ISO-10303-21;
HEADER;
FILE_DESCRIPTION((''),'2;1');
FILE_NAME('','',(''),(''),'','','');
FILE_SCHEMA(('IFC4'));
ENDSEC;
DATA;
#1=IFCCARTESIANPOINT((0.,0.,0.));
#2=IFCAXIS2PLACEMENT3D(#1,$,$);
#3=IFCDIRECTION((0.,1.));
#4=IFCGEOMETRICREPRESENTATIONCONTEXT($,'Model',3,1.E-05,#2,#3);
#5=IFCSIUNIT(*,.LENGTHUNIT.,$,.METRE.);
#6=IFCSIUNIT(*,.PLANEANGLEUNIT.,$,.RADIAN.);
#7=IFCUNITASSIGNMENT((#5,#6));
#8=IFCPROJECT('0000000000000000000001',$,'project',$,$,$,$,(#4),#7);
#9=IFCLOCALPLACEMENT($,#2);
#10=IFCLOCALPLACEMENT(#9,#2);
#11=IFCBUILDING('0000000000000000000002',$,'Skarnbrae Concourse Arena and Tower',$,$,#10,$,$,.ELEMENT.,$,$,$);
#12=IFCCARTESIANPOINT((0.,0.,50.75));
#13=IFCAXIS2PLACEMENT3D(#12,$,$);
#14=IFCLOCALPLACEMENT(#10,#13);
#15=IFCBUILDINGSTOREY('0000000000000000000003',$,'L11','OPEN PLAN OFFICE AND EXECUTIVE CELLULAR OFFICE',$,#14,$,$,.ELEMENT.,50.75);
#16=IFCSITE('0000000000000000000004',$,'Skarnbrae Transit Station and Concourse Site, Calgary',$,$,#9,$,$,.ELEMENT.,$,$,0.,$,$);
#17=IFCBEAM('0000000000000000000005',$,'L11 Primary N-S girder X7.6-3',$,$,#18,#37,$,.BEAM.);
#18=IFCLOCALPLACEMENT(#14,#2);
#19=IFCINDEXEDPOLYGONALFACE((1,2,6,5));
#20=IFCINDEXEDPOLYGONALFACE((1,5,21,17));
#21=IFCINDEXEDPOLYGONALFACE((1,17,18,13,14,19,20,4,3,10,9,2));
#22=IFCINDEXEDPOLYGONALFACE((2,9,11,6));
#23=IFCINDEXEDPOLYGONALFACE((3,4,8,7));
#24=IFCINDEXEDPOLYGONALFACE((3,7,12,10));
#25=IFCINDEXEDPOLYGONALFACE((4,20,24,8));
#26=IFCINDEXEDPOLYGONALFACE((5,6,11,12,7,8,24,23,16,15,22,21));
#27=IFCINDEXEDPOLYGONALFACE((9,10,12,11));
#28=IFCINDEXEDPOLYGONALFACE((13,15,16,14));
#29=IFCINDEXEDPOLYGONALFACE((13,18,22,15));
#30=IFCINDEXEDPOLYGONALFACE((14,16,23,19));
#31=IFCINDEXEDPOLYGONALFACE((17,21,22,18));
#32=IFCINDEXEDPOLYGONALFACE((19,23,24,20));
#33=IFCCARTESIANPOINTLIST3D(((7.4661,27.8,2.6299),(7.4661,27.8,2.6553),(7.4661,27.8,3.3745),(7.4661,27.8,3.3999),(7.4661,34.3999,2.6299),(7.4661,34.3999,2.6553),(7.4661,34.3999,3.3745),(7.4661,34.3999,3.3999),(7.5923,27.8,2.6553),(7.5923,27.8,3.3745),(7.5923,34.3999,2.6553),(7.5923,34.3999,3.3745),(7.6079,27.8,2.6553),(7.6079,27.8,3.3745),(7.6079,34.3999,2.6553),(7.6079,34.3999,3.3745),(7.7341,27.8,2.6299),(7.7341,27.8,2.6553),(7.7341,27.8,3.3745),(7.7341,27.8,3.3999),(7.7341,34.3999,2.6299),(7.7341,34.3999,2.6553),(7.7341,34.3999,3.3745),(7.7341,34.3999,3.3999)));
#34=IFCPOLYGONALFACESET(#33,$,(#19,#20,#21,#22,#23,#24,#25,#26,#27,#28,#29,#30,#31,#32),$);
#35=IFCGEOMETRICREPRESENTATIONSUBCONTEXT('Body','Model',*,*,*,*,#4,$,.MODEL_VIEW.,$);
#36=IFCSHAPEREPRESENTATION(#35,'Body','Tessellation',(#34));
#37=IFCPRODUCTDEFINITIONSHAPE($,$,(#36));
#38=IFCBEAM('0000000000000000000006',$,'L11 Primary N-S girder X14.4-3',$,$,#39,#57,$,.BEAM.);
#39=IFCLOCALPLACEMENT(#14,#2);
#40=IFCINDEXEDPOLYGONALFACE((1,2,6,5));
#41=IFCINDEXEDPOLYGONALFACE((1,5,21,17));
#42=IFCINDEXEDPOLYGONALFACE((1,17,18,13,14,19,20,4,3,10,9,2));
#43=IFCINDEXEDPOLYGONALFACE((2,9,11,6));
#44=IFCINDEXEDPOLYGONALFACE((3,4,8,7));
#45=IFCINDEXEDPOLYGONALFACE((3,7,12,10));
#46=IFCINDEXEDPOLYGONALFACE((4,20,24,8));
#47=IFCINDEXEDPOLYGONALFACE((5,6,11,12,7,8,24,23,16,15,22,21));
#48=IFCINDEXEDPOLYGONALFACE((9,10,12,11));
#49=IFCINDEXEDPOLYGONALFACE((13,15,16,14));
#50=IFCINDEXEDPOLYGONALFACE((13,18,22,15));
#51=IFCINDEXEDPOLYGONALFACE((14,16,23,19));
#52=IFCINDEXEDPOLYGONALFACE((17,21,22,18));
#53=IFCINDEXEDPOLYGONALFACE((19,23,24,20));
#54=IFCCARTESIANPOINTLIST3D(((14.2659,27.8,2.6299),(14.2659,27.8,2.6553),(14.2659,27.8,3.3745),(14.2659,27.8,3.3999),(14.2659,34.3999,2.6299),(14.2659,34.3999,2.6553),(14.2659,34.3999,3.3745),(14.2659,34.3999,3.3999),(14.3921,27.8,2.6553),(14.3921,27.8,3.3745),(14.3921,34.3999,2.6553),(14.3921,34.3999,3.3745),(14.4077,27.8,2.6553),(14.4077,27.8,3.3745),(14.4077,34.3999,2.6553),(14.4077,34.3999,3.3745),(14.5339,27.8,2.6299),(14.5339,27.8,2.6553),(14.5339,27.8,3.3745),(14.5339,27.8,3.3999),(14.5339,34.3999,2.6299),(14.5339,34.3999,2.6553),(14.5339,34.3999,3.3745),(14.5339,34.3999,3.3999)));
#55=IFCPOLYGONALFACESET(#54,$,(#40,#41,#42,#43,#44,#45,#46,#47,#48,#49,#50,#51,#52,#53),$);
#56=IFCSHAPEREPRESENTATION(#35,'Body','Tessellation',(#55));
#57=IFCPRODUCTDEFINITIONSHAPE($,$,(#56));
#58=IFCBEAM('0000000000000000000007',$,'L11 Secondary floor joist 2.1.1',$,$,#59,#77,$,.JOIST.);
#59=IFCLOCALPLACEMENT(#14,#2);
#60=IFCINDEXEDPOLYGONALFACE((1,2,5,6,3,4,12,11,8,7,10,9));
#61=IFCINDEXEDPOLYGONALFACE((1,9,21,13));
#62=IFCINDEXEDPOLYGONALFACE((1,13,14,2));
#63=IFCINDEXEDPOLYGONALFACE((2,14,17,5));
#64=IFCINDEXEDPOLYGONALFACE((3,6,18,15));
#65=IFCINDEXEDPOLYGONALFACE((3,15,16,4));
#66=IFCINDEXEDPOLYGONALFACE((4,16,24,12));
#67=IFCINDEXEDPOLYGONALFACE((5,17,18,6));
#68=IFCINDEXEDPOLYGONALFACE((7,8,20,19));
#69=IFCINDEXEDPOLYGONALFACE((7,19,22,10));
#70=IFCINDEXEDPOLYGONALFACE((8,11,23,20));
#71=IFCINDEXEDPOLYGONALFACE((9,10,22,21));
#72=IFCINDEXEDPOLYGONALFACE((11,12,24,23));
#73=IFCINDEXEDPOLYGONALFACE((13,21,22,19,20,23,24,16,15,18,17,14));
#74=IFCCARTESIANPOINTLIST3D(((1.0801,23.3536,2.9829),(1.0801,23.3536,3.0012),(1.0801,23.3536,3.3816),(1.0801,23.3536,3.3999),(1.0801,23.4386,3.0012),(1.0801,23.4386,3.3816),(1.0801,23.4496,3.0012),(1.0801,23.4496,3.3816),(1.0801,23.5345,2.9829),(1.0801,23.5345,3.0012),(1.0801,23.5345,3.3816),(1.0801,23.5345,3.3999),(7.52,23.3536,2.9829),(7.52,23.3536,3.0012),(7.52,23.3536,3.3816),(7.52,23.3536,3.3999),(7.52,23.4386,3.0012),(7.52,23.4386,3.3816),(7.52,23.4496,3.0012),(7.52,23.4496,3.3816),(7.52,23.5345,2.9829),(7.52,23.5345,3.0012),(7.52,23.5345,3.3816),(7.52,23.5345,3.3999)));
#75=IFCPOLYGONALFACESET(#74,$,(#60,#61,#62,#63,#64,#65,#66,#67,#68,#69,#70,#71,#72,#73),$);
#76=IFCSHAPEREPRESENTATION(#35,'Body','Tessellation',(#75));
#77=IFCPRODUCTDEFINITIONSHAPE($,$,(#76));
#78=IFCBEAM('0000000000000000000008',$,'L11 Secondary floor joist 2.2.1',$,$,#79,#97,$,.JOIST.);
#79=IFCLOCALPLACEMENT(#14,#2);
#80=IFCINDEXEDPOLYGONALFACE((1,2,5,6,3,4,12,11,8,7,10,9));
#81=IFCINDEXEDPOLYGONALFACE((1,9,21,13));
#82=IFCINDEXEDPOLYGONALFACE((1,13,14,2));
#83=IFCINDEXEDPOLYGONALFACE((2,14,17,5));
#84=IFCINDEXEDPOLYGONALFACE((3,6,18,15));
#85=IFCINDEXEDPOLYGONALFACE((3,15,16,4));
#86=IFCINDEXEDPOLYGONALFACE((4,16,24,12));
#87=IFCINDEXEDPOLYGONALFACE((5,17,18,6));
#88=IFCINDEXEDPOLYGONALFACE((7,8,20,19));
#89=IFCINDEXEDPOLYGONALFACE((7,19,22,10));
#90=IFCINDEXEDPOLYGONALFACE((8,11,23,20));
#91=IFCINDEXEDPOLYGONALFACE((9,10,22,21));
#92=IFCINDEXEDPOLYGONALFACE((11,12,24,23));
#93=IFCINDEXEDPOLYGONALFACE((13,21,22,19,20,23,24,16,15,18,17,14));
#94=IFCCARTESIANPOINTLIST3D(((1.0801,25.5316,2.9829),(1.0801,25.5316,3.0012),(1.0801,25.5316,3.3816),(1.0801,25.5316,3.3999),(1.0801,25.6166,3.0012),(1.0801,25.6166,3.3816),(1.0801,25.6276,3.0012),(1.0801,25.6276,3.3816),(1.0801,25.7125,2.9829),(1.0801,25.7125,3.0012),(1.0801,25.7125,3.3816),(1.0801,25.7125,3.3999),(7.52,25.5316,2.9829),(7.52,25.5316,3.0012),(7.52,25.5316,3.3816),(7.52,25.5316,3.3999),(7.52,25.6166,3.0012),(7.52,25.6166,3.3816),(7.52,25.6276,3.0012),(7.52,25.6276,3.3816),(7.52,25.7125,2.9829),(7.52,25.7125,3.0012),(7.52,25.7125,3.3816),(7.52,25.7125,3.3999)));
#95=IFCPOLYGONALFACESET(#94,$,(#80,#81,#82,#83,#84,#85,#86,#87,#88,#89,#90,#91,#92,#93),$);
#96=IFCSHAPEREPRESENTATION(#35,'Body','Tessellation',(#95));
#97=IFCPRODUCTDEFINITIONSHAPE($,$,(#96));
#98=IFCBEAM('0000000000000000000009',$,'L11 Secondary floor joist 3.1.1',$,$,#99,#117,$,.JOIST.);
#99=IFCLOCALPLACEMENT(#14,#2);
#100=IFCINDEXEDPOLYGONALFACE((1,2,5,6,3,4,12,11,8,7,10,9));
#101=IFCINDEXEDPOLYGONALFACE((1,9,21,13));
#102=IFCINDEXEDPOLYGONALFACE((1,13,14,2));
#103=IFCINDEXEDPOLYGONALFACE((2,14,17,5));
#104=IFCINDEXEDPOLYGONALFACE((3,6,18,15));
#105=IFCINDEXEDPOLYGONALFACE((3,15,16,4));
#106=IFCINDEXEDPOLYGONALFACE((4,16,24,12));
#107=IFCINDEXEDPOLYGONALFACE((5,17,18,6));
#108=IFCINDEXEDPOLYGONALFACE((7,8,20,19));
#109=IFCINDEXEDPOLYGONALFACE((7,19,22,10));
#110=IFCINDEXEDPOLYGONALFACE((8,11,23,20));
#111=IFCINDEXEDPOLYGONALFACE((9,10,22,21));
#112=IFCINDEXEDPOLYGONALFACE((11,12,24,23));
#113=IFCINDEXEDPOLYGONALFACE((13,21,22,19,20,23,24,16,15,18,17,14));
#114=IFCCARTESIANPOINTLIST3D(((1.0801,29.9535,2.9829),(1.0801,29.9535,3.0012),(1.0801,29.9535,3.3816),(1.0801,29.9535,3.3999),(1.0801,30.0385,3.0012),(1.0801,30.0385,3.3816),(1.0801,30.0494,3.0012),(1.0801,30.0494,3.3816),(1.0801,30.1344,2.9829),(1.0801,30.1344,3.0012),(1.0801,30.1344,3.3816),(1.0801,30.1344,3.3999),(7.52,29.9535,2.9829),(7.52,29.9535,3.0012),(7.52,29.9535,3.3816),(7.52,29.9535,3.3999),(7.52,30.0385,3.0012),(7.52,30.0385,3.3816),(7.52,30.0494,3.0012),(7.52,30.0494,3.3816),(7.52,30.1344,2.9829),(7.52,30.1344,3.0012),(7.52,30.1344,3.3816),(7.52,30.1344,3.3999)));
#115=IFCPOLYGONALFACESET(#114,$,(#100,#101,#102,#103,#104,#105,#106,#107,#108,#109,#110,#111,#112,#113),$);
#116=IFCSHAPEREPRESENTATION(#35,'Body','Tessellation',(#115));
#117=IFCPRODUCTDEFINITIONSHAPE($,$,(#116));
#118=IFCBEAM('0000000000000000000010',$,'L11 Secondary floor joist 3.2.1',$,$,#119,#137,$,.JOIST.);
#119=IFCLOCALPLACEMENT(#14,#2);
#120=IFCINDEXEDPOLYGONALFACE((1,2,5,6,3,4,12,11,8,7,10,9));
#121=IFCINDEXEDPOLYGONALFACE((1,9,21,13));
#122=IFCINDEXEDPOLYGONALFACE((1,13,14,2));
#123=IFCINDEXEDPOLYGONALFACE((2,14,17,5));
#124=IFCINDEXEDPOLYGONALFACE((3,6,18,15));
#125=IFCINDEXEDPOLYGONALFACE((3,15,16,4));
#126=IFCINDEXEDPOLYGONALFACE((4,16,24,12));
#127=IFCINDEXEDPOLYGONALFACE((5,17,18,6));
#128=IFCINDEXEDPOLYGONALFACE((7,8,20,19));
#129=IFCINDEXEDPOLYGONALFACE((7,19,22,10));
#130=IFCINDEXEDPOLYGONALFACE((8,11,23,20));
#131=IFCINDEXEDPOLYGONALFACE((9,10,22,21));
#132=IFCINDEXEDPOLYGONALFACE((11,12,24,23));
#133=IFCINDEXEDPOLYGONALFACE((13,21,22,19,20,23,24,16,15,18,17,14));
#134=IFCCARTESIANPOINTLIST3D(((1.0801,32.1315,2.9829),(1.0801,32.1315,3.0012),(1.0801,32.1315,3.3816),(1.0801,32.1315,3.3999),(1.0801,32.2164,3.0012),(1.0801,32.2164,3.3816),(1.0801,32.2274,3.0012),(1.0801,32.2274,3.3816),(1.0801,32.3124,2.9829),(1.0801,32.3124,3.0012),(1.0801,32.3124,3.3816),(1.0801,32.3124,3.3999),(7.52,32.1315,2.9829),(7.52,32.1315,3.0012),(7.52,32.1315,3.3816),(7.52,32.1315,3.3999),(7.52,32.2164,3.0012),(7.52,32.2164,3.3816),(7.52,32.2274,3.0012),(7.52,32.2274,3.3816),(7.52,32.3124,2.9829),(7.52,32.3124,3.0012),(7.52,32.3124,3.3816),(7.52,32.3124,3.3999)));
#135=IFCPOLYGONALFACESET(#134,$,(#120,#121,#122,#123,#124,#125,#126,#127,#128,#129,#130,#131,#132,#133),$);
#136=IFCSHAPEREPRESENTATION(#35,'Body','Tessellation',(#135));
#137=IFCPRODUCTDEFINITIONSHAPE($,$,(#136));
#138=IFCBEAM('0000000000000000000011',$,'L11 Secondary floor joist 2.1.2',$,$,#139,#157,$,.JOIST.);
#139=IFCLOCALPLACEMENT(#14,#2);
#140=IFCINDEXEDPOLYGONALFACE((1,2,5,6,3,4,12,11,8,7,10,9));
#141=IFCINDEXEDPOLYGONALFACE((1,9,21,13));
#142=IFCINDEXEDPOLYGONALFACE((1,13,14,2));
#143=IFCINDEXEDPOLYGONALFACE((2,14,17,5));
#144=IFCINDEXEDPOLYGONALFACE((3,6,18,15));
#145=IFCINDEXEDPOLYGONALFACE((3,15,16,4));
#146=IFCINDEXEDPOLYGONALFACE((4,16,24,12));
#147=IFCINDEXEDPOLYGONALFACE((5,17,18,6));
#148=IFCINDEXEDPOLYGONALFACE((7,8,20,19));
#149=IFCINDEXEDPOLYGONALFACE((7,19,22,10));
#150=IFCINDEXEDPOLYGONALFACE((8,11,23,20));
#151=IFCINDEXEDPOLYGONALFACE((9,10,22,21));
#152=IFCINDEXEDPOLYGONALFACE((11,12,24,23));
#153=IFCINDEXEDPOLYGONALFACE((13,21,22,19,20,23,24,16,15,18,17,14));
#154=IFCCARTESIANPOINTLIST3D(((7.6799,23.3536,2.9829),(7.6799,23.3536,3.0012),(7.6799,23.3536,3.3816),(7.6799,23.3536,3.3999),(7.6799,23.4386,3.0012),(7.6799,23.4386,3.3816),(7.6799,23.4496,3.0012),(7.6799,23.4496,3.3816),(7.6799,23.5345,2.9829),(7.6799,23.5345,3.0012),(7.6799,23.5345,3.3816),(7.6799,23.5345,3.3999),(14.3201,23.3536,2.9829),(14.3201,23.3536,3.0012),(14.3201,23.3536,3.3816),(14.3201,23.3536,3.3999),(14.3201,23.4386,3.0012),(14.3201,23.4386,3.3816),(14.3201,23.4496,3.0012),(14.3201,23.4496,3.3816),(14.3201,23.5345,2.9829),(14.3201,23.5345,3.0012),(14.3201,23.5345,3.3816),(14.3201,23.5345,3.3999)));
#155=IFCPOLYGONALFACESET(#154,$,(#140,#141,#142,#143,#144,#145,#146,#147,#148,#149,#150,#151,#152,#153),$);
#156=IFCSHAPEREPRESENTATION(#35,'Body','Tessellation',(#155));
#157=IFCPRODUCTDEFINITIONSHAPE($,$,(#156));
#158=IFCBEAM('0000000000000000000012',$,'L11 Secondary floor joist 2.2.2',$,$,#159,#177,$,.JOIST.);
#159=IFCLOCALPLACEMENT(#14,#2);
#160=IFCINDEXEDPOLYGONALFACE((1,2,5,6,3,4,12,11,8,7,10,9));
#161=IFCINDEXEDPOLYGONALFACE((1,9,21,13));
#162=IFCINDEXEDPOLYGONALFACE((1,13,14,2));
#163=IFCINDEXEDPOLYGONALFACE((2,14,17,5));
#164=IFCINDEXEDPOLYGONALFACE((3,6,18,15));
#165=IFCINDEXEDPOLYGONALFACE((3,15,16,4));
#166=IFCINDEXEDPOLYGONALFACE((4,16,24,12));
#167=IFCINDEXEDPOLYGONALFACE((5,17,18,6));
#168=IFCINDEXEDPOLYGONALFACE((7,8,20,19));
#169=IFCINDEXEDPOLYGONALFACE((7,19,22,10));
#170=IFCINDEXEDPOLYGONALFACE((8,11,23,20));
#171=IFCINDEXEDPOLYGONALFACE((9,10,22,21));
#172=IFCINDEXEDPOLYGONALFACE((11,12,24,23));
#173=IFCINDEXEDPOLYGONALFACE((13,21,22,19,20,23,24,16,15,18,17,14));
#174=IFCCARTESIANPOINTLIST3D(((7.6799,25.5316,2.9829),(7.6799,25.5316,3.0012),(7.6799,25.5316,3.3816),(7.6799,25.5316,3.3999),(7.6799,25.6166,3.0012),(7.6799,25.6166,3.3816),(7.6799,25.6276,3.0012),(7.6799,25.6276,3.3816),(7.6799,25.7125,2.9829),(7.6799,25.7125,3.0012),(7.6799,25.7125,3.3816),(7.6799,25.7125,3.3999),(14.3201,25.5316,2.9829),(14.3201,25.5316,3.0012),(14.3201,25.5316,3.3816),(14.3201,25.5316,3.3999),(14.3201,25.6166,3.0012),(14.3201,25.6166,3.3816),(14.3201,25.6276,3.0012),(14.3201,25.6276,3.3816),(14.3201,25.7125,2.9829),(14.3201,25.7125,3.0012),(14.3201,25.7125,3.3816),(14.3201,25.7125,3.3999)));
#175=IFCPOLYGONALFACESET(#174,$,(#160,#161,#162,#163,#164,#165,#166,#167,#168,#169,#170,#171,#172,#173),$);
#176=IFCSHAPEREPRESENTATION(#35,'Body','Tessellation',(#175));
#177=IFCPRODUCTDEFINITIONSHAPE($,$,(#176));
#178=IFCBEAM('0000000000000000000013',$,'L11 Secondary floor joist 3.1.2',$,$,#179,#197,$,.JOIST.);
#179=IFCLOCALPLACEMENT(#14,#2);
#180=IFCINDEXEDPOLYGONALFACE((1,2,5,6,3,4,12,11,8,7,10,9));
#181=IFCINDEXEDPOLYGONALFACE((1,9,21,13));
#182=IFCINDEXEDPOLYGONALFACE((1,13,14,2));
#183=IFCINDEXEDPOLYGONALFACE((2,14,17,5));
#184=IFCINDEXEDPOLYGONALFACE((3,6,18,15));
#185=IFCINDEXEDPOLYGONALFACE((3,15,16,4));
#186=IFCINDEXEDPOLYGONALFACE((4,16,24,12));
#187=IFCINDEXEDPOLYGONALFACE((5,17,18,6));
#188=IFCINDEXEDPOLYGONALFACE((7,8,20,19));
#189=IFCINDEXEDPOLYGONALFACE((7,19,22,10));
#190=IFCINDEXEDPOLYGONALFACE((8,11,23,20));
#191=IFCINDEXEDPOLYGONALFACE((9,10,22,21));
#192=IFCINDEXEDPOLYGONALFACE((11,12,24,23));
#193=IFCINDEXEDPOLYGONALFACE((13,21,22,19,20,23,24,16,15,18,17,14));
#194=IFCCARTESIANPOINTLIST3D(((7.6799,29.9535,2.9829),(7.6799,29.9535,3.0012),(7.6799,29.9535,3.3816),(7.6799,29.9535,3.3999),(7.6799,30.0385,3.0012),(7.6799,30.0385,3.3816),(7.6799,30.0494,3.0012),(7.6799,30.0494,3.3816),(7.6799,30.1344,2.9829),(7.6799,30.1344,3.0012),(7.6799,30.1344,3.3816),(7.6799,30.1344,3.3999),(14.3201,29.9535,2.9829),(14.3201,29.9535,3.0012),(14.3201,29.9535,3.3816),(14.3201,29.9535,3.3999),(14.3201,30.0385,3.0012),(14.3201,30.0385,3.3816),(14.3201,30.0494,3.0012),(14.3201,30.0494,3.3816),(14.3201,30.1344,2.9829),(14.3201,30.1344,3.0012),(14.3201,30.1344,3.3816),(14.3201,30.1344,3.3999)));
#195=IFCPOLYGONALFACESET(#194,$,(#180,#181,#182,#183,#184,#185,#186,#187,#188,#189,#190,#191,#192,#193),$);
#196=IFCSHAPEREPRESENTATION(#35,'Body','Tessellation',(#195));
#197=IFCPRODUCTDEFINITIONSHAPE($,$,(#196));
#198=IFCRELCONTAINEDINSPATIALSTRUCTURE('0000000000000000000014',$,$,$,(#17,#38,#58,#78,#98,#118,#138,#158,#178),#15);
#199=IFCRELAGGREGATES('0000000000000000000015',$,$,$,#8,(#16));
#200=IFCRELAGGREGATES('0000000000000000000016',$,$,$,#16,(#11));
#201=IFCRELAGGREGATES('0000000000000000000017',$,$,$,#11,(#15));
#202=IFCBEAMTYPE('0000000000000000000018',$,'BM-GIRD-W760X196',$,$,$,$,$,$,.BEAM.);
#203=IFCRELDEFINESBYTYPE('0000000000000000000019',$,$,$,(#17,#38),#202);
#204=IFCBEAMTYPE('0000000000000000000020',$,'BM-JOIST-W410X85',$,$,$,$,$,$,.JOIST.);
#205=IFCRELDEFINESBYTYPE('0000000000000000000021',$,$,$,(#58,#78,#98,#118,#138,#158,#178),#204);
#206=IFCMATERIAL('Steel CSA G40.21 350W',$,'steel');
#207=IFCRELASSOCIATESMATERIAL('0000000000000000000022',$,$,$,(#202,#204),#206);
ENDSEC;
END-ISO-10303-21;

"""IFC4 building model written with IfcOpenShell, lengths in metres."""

from ifc_helpers import new_model, si_unit, direction, frame, origin, origin_2d, place, context, subcontext, project, spatial, i_section, extrude, source, transform, mapped, material, material_profile, profile_set, type_object, element, save


model = new_model("IFC4")

# Units and contexts
model_context = context("Model", 3, precision=1e-05, world=origin(), true_north=direction((0.0, 1.0)))
body_context = subcontext(model_context, "Body", "Model", "MODEL_VIEW")
ifc_project = project(units=[si_unit("LENGTHUNIT", "METRE"), si_unit("PLANEANGLEUNIT", "RADIAN")], contexts=[model_context])

# Site, building, storey
site_placement = place(None, origin())
site = spatial("IfcSite", under=ifc_project, at=site_placement, Name="Skarnbrae Transit Station and Concourse Site, Calgary", CompositionType="ELEMENT", RefElevation=0.0)
building_placement = place(site_placement, origin())
building = spatial("IfcBuilding", under=site, at=building_placement, Name="Skarnbrae Concourse Arena and Tower", CompositionType="ELEMENT")
storey_placement = place(building_placement, frame((0.0, 0.0, 50.75)))
storey = spatial("IfcBuildingStorey", under=building, at=storey_placement, Name="L11", Description="OPEN PLAN OFFICE AND EXECUTIVE CELLULAR OFFICE", CompositionType="ELEMENT", Elevation=50.75)

# Shared definitions
ifc_material_1 = material(Name="Steel CSA G40.21 350W", Category="steel")

# Beams
ifc_material_profile_1 = material_profile(ifc_material_1, i_section(OverallWidth=0.2681, OverallDepth=0.77, WebThickness=0.0156, FlangeThickness=0.0254, at=origin_2d()), Name="W760X196")
ifc_profile_set_1 = profile_set([ifc_material_profile_1], Name="Steel CSA G40.21 350W")
beam_type_1 = type_object("IfcBeamType", Name="BM-GIRD-W760X196", PredefinedType="BEAM", material=ifc_profile_set_1)
shared_shape_1 = source(origin(), body_context, "Body", "SweptSolid", [
    extrude(i_section(OverallWidth=0.2681, OverallDepth=0.77, WebThickness=0.0156, FlangeThickness=0.0254, at=origin_2d()), origin(), (0.0, 0.0, 1.0), 6.5999),
])
for number, where, z_axis, x_axis, name in (
    (1, (7.6001, 27.8, 3.0149), (0.0, 1.0, 0.0), (-1.0, 0.0, 0.0), "L11 Primary N-S girder X7.6-3"),
    (2, (14.3999, 27.8, 3.0149), (0.0, 1.0, 0.0), (-1.0, 0.0, 0.0), "L11 Primary N-S girder X14.4-3"),
):
    element("IfcBeam", number, at=place(storey_placement, frame(where, z_axis=z_axis, x_axis=x_axis)), inside=storey, type_object=beam_type_1, Name=name, PredefinedType="BEAM", context=body_context, shape_type="MappedRepresentation", body=[
        mapped(shared_shape_1, transform((0.0, 0.0, 0.0))),
    ])
ifc_material_profile_2 = material_profile(ifc_material_1, i_section(OverallWidth=0.1809, OverallDepth=0.417, WebThickness=0.011, FlangeThickness=0.0183, at=origin_2d()), Name="W410X85")
ifc_profile_set_2 = profile_set([ifc_material_profile_2], Name="Steel CSA G40.21 350W")
beam_type_2 = type_object("IfcBeamType", Name="BM-JOIST-W410X85", PredefinedType="JOIST", material=ifc_profile_set_2)
shared_shape_2 = source(origin(), body_context, "Body", "SweptSolid", [
    extrude(i_section(OverallWidth=0.1809, OverallDepth=0.417, WebThickness=0.011, FlangeThickness=0.0183, at=origin_2d()), origin(), (0.0, 0.0, 1.0), 6.4399),
])
for number, where, z_axis, x_axis, name in (
    (3, (1.0801, 23.4441, 3.1914), (1.0, 0.0, 0.0), (0.0, 1.0, 0.0), "L11 Secondary floor joist 2.1.1"),
    (4, (1.0801, 25.6221, 3.1914), (1.0, 0.0, 0.0), (0.0, 1.0, 0.0), "L11 Secondary floor joist 2.2.1"),
    (5, (1.0801, 30.0439, 3.1914), (1.0, 0.0, 0.0), (0.0, 1.0, 0.0), "L11 Secondary floor joist 3.1.1"),
    (6, (1.0801, 32.2219, 3.1914), (1.0, 0.0, 0.0), (0.0, 1.0, 0.0), "L11 Secondary floor joist 3.2.1"),
):
    element("IfcBeam", number, at=place(storey_placement, frame(where, z_axis=z_axis, x_axis=x_axis)), inside=storey, type_object=beam_type_2, Name=name, PredefinedType="JOIST", context=body_context, shape_type="MappedRepresentation", body=[
        mapped(shared_shape_2, transform((0.0, 0.0, 0.0))),
    ])
shared_shape_3 = source(origin(), body_context, "Body", "SweptSolid", [
    extrude(i_section(OverallWidth=0.1809, OverallDepth=0.417, WebThickness=0.011, FlangeThickness=0.0183, at=origin_2d()), origin(), (0.0, 0.0, 1.0), 6.6401),
])
for number, where, z_axis, x_axis, name in (
    (7, (7.6799, 23.4441, 3.1914), (1.0, 0.0, 0.0), (0.0, 1.0, 0.0), "L11 Secondary floor joist 2.1.2"),
    (8, (7.6799, 25.6221, 3.1914), (1.0, 0.0, 0.0), (0.0, 1.0, 0.0), "L11 Secondary floor joist 2.2.2"),
    (9, (7.6799, 30.0439, 3.1914), (1.0, 0.0, 0.0), (0.0, 1.0, 0.0), "L11 Secondary floor joist 3.1.2"),
):
    element("IfcBeam", number, at=place(storey_placement, frame(where, z_axis=z_axis, x_axis=x_axis)), inside=storey, type_object=beam_type_2, Name=name, PredefinedType="JOIST", context=body_context, shape_type="MappedRepresentation", body=[
        mapped(shared_shape_3, transform((0.0, 0.0, 0.0))),
    ])

save(model, "model.ifc")
